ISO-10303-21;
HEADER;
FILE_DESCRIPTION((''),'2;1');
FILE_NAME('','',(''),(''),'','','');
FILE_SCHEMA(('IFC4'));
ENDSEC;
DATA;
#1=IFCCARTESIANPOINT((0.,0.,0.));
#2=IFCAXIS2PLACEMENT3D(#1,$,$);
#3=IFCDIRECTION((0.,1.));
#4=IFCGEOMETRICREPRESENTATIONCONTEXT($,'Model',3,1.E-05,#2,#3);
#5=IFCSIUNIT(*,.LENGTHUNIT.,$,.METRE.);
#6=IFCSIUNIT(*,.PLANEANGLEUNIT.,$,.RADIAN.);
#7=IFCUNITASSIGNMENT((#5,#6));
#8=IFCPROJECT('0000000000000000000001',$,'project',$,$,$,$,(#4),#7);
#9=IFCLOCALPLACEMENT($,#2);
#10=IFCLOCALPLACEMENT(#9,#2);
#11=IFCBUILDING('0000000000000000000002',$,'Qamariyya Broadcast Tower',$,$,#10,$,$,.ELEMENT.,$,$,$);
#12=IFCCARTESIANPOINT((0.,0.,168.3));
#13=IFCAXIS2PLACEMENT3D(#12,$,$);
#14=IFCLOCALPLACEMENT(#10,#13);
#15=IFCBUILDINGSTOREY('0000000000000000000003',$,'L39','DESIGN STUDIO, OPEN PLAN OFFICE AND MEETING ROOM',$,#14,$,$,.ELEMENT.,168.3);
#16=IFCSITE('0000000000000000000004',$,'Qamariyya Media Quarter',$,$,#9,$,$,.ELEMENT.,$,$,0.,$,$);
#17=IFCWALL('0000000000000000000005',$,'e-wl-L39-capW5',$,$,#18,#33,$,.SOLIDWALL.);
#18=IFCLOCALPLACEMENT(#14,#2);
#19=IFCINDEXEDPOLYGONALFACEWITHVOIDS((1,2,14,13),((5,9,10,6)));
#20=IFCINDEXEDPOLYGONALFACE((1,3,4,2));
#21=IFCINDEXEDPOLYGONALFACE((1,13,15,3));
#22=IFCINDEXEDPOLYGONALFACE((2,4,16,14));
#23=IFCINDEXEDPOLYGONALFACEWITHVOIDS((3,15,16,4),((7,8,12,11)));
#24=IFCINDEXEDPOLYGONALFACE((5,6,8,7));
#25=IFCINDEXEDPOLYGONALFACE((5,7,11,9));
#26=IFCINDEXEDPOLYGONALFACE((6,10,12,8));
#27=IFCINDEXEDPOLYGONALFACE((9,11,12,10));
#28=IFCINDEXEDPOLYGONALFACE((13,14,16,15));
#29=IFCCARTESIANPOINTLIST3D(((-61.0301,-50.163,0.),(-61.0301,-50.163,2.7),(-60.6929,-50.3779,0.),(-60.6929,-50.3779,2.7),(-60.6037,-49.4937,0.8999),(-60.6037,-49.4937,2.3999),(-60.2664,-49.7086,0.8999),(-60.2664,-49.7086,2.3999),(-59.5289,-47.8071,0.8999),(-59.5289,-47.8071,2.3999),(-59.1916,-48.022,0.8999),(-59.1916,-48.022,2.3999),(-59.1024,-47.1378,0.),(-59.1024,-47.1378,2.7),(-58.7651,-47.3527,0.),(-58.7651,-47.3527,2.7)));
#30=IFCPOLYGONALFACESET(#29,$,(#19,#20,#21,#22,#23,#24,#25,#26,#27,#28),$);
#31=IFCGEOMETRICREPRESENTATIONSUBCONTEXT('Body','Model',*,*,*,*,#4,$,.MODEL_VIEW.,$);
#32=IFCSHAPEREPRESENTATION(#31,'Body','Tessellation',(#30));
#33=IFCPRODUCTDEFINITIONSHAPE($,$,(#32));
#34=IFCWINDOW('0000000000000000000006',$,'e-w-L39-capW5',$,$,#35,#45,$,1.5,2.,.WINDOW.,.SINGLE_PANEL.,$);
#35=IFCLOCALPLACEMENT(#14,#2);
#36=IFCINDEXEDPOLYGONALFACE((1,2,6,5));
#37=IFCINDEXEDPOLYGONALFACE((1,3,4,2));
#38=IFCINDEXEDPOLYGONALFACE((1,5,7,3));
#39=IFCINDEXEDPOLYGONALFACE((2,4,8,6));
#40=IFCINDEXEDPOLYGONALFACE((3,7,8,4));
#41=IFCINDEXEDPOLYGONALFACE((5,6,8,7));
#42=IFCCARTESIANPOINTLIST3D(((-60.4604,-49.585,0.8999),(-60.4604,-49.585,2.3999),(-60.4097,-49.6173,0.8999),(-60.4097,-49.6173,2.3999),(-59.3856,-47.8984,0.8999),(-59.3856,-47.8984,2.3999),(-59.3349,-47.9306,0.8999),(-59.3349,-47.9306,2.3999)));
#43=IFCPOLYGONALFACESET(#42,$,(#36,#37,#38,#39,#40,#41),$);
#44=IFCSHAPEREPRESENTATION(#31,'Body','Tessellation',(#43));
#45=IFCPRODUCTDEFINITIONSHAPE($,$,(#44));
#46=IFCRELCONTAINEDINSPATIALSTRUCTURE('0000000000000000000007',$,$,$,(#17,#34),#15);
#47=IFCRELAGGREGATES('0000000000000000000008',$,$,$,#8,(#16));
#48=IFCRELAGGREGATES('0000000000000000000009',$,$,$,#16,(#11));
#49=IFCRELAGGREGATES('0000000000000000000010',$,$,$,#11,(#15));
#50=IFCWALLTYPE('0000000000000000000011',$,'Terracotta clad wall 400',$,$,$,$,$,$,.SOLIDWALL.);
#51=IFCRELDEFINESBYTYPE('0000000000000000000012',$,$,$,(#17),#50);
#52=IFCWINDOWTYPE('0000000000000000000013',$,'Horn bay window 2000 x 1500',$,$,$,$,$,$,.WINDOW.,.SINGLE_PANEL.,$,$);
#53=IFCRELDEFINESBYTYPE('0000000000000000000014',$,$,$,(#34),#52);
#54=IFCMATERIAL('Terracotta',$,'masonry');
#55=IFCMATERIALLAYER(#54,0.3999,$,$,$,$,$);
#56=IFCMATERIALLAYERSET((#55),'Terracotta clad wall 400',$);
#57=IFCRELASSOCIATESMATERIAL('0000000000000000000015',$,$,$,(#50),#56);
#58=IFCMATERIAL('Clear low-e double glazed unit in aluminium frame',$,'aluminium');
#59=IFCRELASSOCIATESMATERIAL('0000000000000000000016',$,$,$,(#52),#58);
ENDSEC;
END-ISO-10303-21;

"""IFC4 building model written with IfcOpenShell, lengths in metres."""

from ifc_helpers import new_model, si_unit, direction, frame, frame_2d, origin, place, context, subcontext, project, spatial, rectangle, extrude, material, layer, layer_set, type_object, element, fill, save


model = new_model("IFC4")

# Units and contexts
model_context = context("Model", 3, precision=1e-05, world=origin(), true_north=direction((0.0, 1.0)))
body_context = subcontext(model_context, "Body", "Model", "MODEL_VIEW")
ifc_project = project(units=[si_unit("LENGTHUNIT", "METRE"), si_unit("PLANEANGLEUNIT", "RADIAN")], contexts=[model_context])

# Site, building, storey
site_placement = place(None, origin())
site = spatial("IfcSite", under=ifc_project, at=site_placement, Name="Qamariyya Media Quarter", CompositionType="ELEMENT", RefElevation=0.0)
building_placement = place(site_placement, origin())
building = spatial("IfcBuilding", under=site, at=building_placement, Name="Qamariyya Broadcast Tower", CompositionType="ELEMENT")
storey_placement = place(building_placement, frame((0.0, 0.0, 168.3)))
storey = spatial("IfcBuildingStorey", under=building, at=storey_placement, Name="L39", Description="DESIGN STUDIO, OPEN PLAN OFFICE AND MEETING ROOM", CompositionType="ELEMENT", Elevation=168.3)

# Wall, opening, window
ifc_material_1 = material(Name="Terracotta", Category="masonry")
ifc_layer_1 = layer(ifc_material_1, 0.3999)
ifc_layer_set_1 = layer_set([ifc_layer_1], Name="Terracotta clad wall 400")
wall_type_1 = type_object("IfcWallType", Name="Terracotta clad wall 400", PredefinedType="SOLIDWALL", material=ifc_layer_set_1)
ifc_material_2 = material(Name="Clear low-e double glazed unit in aluminium frame", Category="aluminium")
window_type = type_object("IfcWindowType", Name="Horn bay window 2000 x 1500", PartitioningType="SINGLE_PANEL", PredefinedType="WINDOW", material=ifc_material_2)
wall_1_placement = place(storey_placement, frame((-58.9338, -47.2454, 0.0), z_axis=(0.0, 0.0, 1.0), x_axis=(-0.537399, -0.843328, 0.0)))
wall_1 = element("IfcWall", 1, at=wall_1_placement, inside=storey, type_object=wall_type_1, Name="e-wl-L39-capW5", PredefinedType="SOLIDWALL", context=body_context, shape_type="SweptSolid", body=[
    extrude(rectangle(XDim=3.5872, YDim=0.3999, at=frame_2d((1.7935, 0.0))), origin(), (0.0, 0.0, 1.0), 2.7),
])
opening_1_placement = place(wall_1_placement, frame((0.7935, 0.0, 0.8999)))
opening_1 = element("IfcOpeningElement", 2, at=opening_1_placement, cuts=wall_1, PredefinedType="OPENING", context=body_context, shape_type="SweptSolid", body=[
    extrude(rectangle(XDim=2.0, YDim=1.5, at=frame_2d((1.0, 0.75))), frame((0.0, 0.21, 0.0), z_axis=(0.0, -1.0, 0.0), x_axis=(1.0, 0.0, 0.0)), (0.0, 0.0, 1.0), 0.4199),
])
window_1_placement = place(opening_1_placement, origin())
window_1 = element("IfcWindow", 3, at=window_1_placement, inside=storey, type_object=window_type, Name="e-w-L39-capW5", OverallHeight=1.5, OverallWidth=2.0, PartitioningType="SINGLE_PANEL", PredefinedType="WINDOW", context=body_context, shape_type="SweptSolid", body=[
    extrude(rectangle(XDim=2.0, YDim=1.5, at=frame_2d((1.0, 0.75))), frame((0.0, 0.03, 0.0), z_axis=(0.0, -1.0, 0.0), x_axis=(1.0, 0.0, 0.0)), (0.0, 0.0, 1.0), 0.0601),
])
fill(opening_1, window_1)

save(model, "model.ifc")
